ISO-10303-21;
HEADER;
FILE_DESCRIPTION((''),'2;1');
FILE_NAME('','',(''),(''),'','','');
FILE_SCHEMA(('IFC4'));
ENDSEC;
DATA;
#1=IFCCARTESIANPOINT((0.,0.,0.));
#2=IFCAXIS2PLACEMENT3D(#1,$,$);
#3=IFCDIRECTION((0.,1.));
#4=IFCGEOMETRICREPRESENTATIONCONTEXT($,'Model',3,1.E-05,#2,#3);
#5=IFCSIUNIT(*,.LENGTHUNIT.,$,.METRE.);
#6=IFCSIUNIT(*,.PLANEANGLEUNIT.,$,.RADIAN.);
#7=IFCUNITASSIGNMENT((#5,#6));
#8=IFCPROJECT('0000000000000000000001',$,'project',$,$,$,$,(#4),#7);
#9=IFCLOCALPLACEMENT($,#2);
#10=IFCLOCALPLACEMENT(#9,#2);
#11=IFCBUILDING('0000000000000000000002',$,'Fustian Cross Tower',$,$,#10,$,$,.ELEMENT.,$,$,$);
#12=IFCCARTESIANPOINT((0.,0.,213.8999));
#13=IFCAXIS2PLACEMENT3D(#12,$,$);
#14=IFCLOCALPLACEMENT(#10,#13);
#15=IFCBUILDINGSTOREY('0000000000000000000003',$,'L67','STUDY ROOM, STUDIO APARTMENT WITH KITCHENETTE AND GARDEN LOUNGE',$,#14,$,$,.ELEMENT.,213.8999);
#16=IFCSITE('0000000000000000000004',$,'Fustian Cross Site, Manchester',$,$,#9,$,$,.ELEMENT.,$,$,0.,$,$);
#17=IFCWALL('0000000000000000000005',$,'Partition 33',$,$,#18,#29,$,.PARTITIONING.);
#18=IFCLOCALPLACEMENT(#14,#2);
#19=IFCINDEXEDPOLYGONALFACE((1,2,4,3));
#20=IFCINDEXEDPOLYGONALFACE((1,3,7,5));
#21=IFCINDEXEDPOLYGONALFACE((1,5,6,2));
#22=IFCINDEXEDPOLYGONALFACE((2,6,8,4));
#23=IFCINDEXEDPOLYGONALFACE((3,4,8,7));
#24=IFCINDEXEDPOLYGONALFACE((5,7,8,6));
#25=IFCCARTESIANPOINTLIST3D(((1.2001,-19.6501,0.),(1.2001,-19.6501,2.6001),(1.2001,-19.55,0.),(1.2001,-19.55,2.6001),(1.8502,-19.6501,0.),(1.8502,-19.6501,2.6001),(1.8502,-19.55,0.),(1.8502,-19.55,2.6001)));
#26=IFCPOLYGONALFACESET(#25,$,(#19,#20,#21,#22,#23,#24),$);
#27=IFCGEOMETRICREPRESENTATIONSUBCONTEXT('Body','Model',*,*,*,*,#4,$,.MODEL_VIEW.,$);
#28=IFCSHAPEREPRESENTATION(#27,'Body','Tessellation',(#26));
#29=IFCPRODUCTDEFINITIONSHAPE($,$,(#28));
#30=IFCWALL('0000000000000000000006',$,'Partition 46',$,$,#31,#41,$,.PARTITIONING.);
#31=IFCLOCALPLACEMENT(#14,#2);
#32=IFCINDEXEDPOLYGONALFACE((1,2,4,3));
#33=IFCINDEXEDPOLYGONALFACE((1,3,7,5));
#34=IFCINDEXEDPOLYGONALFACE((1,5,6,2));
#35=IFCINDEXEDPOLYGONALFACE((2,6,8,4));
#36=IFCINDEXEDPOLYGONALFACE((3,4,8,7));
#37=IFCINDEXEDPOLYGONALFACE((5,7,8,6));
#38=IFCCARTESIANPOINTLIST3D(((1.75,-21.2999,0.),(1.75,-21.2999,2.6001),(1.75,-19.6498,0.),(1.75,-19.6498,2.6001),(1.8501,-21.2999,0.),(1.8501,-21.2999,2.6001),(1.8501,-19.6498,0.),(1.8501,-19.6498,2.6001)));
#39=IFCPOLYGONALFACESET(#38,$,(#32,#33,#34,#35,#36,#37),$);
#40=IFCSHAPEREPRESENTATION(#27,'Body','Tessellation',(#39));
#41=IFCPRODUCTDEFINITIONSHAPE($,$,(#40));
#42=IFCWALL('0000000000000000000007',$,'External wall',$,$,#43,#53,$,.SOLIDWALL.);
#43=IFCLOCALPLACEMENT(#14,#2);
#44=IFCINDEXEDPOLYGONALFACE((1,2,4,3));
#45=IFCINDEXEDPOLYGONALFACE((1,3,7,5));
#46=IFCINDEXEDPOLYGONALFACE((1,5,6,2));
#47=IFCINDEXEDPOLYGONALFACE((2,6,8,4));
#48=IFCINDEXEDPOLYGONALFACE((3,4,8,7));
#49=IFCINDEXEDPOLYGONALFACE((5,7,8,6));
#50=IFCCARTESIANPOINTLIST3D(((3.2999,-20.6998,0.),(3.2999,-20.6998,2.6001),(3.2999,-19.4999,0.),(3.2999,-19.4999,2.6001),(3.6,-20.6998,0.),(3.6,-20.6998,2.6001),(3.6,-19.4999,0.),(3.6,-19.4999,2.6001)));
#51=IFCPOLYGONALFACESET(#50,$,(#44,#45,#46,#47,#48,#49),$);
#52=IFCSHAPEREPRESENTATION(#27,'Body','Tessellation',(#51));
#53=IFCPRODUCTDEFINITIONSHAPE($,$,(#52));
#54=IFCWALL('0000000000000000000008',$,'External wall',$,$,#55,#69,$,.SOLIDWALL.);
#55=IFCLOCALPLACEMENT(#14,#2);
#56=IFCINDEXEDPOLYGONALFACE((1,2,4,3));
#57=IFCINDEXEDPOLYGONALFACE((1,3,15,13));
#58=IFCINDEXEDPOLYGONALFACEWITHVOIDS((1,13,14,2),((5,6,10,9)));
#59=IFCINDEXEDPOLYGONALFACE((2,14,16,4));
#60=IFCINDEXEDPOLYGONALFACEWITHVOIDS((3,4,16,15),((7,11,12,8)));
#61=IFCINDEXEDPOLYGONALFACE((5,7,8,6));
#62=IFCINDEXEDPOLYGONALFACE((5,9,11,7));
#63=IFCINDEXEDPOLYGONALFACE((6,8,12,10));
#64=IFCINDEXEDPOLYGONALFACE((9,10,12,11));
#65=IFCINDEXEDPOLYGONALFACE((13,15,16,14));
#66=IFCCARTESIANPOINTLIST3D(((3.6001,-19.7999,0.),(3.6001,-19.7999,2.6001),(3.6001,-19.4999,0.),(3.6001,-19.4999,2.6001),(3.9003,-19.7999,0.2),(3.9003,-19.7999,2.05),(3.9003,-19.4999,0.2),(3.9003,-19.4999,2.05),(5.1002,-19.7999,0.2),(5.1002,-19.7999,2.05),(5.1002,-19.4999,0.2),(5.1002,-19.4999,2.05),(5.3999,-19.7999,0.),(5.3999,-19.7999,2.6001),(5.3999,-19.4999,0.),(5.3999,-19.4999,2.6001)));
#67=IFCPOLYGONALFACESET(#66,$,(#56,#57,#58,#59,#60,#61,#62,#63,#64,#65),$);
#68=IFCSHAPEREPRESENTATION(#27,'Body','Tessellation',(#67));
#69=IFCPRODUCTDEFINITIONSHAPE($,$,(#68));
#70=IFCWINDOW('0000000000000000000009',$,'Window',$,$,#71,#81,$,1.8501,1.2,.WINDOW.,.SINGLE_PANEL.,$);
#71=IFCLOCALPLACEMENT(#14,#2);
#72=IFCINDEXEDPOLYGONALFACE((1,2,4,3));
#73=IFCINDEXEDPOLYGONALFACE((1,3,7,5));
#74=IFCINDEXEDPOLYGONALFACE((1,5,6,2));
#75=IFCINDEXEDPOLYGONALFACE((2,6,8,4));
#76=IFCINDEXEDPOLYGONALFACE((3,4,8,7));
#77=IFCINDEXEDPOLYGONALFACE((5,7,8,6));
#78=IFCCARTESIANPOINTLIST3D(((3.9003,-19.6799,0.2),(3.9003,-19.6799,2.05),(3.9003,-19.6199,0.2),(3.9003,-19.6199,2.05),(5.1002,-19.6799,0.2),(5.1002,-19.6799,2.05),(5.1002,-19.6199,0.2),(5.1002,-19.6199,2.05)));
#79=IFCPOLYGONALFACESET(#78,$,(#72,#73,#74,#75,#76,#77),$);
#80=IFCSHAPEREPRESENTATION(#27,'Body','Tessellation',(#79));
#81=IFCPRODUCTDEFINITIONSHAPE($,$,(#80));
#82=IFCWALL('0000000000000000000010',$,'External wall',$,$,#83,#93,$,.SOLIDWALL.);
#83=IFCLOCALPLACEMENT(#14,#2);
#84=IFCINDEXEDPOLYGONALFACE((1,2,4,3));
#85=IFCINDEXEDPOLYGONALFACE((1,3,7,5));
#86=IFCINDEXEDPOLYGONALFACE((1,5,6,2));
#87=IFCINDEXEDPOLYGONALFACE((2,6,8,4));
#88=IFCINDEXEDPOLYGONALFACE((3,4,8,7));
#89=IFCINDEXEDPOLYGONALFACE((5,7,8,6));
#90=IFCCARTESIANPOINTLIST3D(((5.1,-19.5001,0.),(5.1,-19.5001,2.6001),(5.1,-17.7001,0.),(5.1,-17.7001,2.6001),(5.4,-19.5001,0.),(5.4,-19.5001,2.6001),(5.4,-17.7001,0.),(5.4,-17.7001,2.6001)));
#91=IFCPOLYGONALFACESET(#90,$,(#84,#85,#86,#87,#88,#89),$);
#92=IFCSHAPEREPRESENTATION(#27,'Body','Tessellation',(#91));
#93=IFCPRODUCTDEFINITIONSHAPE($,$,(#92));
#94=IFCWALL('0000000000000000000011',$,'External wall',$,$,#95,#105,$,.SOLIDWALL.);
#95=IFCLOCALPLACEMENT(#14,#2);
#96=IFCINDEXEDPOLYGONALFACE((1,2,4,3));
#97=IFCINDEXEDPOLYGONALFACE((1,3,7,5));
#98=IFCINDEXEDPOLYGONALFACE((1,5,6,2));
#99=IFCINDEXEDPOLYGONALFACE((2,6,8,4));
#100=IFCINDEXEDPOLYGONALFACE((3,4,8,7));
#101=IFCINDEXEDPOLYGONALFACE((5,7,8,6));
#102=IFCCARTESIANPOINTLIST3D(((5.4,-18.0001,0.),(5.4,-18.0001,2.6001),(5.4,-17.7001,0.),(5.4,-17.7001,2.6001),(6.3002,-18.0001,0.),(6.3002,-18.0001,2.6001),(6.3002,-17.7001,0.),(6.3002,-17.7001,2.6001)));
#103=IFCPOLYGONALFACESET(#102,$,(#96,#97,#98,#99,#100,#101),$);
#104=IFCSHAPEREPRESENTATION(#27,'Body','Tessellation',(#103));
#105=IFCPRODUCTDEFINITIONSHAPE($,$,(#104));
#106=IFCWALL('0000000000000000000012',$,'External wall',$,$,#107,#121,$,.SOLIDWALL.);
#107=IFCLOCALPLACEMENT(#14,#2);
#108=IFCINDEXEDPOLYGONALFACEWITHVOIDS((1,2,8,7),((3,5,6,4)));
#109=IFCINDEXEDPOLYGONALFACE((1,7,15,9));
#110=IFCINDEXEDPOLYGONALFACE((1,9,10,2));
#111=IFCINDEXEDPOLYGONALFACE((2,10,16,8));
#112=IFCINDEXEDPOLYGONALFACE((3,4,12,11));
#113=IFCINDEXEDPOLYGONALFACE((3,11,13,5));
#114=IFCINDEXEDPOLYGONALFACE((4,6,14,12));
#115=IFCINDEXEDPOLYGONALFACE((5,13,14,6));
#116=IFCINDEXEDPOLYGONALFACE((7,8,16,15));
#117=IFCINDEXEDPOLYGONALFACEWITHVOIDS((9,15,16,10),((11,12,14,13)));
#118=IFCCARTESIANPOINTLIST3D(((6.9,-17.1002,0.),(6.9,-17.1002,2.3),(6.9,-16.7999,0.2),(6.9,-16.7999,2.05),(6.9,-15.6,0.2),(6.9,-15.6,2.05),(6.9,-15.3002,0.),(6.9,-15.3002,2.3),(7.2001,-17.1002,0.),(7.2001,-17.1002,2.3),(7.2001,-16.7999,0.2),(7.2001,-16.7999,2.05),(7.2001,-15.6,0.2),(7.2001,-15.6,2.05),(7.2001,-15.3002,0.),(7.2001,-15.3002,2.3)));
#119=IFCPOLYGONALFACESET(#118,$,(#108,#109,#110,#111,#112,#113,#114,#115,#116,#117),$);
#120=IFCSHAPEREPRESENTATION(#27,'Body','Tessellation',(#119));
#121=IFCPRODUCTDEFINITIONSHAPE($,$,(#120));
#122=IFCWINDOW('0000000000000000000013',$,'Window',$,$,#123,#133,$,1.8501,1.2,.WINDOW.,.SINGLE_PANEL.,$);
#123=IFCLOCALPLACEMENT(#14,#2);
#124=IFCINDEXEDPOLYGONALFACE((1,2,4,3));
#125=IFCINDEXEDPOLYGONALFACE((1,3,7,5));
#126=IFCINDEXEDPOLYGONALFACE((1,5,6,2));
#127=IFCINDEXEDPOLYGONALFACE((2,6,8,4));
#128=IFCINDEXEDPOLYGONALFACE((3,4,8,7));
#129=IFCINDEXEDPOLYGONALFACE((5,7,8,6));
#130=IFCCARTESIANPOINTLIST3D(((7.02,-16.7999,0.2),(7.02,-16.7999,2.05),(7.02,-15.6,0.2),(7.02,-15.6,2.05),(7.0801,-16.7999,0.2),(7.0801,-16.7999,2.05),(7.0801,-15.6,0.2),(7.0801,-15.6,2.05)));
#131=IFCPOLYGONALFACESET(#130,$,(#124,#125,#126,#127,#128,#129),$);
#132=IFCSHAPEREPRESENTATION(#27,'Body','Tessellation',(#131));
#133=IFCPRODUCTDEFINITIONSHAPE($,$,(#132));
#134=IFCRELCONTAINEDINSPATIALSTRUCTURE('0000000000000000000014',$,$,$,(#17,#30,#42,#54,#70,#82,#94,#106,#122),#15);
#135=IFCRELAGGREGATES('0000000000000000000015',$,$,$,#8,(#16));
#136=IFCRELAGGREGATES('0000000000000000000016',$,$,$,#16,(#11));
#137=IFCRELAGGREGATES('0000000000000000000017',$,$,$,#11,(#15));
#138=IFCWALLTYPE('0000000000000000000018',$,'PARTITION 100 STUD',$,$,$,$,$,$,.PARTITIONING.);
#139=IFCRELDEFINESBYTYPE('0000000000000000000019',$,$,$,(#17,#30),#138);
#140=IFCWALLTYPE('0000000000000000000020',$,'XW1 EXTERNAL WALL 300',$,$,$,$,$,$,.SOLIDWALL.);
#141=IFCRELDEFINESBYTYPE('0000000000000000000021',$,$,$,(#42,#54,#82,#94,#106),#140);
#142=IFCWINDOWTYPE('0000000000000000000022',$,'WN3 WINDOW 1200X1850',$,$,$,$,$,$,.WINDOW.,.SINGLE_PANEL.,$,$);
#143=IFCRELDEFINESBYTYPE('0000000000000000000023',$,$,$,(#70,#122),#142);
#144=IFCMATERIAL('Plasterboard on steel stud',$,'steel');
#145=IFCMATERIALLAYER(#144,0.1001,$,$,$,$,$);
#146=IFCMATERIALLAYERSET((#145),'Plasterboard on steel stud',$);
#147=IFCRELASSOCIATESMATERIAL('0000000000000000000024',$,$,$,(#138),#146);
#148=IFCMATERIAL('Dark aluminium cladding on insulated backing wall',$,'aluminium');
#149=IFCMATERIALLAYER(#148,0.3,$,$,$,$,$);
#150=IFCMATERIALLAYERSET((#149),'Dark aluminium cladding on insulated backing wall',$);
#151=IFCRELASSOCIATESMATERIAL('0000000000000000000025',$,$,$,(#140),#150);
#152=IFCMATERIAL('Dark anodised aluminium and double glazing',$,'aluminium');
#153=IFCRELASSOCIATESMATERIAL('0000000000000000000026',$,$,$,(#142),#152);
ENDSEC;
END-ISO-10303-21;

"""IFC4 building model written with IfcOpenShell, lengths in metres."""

from ifc_helpers import new_model, si_unit, direction, frame, frame_2d, origin, place, context, subcontext, project, spatial, rectangle, extrude, material, layer, layer_set, type_object, element, fill, save


model = new_model("IFC4")

# Units and contexts
model_context = context("Model", 3, precision=1e-05, world=origin(), true_north=direction((0.0, 1.0)))
body_context = subcontext(model_context, "Body", "Model", "MODEL_VIEW")
ifc_project = project(units=[si_unit("LENGTHUNIT", "METRE"), si_unit("PLANEANGLEUNIT", "RADIAN")], contexts=[model_context])

# Site, building, storey
site_placement = place(None, origin())
site = spatial("IfcSite", under=ifc_project, at=site_placement, Name="Fustian Cross Site, Manchester", CompositionType="ELEMENT", RefElevation=0.0)
building_placement = place(site_placement, origin())
building = spatial("IfcBuilding", under=site, at=building_placement, Name="Fustian Cross Tower", CompositionType="ELEMENT")
storey_placement = place(building_placement, frame((0.0, 0.0, 213.8999)))
storey = spatial("IfcBuildingStorey", under=building, at=storey_placement, Name="L67", Description="STUDY ROOM, STUDIO APARTMENT WITH KITCHENETTE AND GARDEN LOUNGE", CompositionType="ELEMENT", Elevation=213.8999)

# Walls
ifc_material_1 = material(Name="Plasterboard on steel stud", Category="steel")
ifc_layer_1 = layer(ifc_material_1, 0.1001)
ifc_layer_set_1 = layer_set([ifc_layer_1], Name="Plasterboard on steel stud")
wall_type_1 = type_object("IfcWallType", Name="PARTITION 100 STUD", PredefinedType="PARTITIONING", material=ifc_layer_set_1)
wall_1_placement = place(storey_placement, frame((1.2, -19.6001, 0.0), z_axis=(0.0, 0.0, 1.0), x_axis=(1.0, 0.0, 0.0)))
element("IfcWall", 1, at=wall_1_placement, inside=storey, type_object=wall_type_1, Name="Partition 33", PredefinedType="PARTITIONING", context=body_context, shape_type="SweptSolid", body=[
    extrude(rectangle(XDim=0.6501, YDim=0.1001, at=frame_2d((0.3252, 0.0))), origin(), (0.0, 0.0, 1.0), 2.6001),
])
wall_2_placement = place(storey_placement, frame((1.8, -21.3, 0.0), z_axis=(0.0, 0.0, 1.0), x_axis=(0.0, 1.0, 0.0)))
element("IfcWall", 2, at=wall_2_placement, inside=storey, type_object=wall_type_1, Name="Partition 46", PredefinedType="PARTITIONING", context=body_context, shape_type="SweptSolid", body=[
    extrude(rectangle(XDim=1.6501, YDim=0.1001, at=frame_2d((0.8252, 0.0))), origin(), (0.0, 0.0, 1.0), 2.6001),
])
ifc_material_2 = material(Name="Dark aluminium cladding on insulated backing wall", Category="aluminium")
ifc_layer_2 = layer(ifc_material_2, 0.3)
ifc_layer_set_2 = layer_set([ifc_layer_2], Name="Dark aluminium cladding on insulated backing wall")
wall_type_2 = type_object("IfcWallType", Name="XW1 EXTERNAL WALL 300", PredefinedType="SOLIDWALL", material=ifc_layer_set_2)
wall_3_placement = place(storey_placement, frame((3.45, -20.7, 0.0), z_axis=(0.0, 0.0, 1.0), x_axis=(0.0, 1.0, 0.0)))
element("IfcWall", 3, at=wall_3_placement, inside=storey, type_object=wall_type_2, Name="External wall", PredefinedType="SOLIDWALL", context=body_context, shape_type="SweptSolid", body=[
    extrude(rectangle(XDim=1.2, YDim=0.3, at=frame_2d((0.6001, 0.0))), origin(), (0.0, 0.0, 1.0), 2.6001),
])

# Wall, opening, window
wall_4_placement = place(storey_placement, frame((3.6001, -19.6499, 0.0), z_axis=(0.0, 0.0, 1.0), x_axis=(1.0, 0.0, 0.0)))
wall_4 = element("IfcWall", 4, at=wall_4_placement, inside=storey, type_object=wall_type_2, Name="External wall", PredefinedType="SOLIDWALL", context=body_context, shape_type="SweptSolid", body=[
    extrude(rectangle(XDim=1.7998, YDim=0.3, at=frame_2d((0.8999, 0.0))), origin(), (0.0, 0.0, 1.0), 2.6001),
])
opening_1_placement = place(wall_4_placement, frame((0.3, 0.0, 0.2)))
opening_1 = element("IfcOpeningElement", 5, at=opening_1_placement, cuts=wall_4, PredefinedType="OPENING", context=body_context, shape_type="SweptSolid", body=[
    extrude(rectangle(XDim=1.2, YDim=1.8501, at=frame_2d((0.6001, 0.925))), frame((0.0, 0.1599, 0.0), z_axis=(0.0, -1.0, 0.0), x_axis=(1.0, 0.0, 0.0)), (0.0, 0.0, 1.0), 0.3201),
])
ifc_material_3 = material(Name="Dark anodised aluminium and double glazing", Category="aluminium")
window_type = type_object("IfcWindowType", Name="WN3 WINDOW 1200X1850", PartitioningType="SINGLE_PANEL", PredefinedType="WINDOW", material=ifc_material_3)
window_1_placement = place(opening_1_placement, origin())
window_1 = element("IfcWindow", 6, at=window_1_placement, inside=storey, type_object=window_type, Name="Window", OverallHeight=1.8501, OverallWidth=1.2, PartitioningType="SINGLE_PANEL", PredefinedType="WINDOW", context=body_context, shape_type="SweptSolid", body=[
    extrude(rectangle(XDim=1.2, YDim=1.8501, at=frame_2d((0.6001, 0.925))), frame((0.0, 0.03, 0.0), z_axis=(0.0, -1.0, 0.0), x_axis=(1.0, 0.0, 0.0)), (0.0, 0.0, 1.0), 0.0601),
])
fill(opening_1, window_1)

# Walls
wall_5_placement = place(storey_placement, frame((5.25, -19.5, 0.0), z_axis=(0.0, 0.0, 1.0), x_axis=(0.0, 1.0, 0.0)))
element("IfcWall", 7, at=wall_5_placement, inside=storey, type_object=wall_type_2, Name="External wall", PredefinedType="SOLIDWALL", context=body_context, shape_type="SweptSolid", body=[
    extrude(rectangle(XDim=1.8, YDim=0.3, at=frame_2d((0.8999, 0.0))), origin(), (0.0, 0.0, 1.0), 2.6001),
])
wall_6_placement = place(storey_placement, frame((5.3999, -17.8501, 0.0), z_axis=(0.0, 0.0, 1.0), x_axis=(1.0, 0.0, 0.0)))
element("IfcWall", 8, at=wall_6_placement, inside=storey, type_object=wall_type_2, Name="External wall", PredefinedType="SOLIDWALL", context=body_context, shape_type="SweptSolid", body=[
    extrude(rectangle(XDim=0.9001, YDim=0.3, at=frame_2d((0.4502, 0.0))), origin(), (0.0, 0.0, 1.0), 2.6001),
])

# Wall, opening, window
wall_7_placement = place(storey_placement, frame((7.05, -17.1001, 0.0), z_axis=(0.0, 0.0, 1.0), x_axis=(0.0, 1.0, 0.0)))
wall_7 = element("IfcWall", 9, at=wall_7_placement, inside=storey, type_object=wall_type_2, Name="External wall", PredefinedType="SOLIDWALL", context=body_context, shape_type="SweptSolid", body=[
    extrude(rectangle(XDim=1.8, YDim=0.3, at=frame_2d((0.8999, 0.0))), origin(), (0.0, 0.0, 1.0), 2.3),
])
opening_2_placement = place(wall_7_placement, frame((0.3, 0.0, 0.2)))
opening_2 = element("IfcOpeningElement", 10, at=opening_2_placement, cuts=wall_7, PredefinedType="OPENING", context=body_context, shape_type="SweptSolid", body=[
    extrude(rectangle(XDim=1.2, YDim=1.8501, at=frame_2d((0.6001, 0.925))), frame((0.0, 0.1599, 0.0), z_axis=(0.0, -1.0, 0.0), x_axis=(1.0, 0.0, 0.0)), (0.0, 0.0, 1.0), 0.3201),
])
window_2_placement = place(opening_2_placement, origin())
window_2 = element("IfcWindow", 11, at=window_2_placement, inside=storey, type_object=window_type, Name="Window", OverallHeight=1.8501, OverallWidth=1.2, PartitioningType="SINGLE_PANEL", PredefinedType="WINDOW", context=body_context, shape_type="SweptSolid", body=[
    extrude(rectangle(XDim=1.2, YDim=1.8501, at=frame_2d((0.6001, 0.925))), frame((0.0, 0.03, 0.0), z_axis=(0.0, -1.0, 0.0), x_axis=(1.0, 0.0, 0.0)), (0.0, 0.0, 1.0), 0.0601),
])
fill(opening_2, window_2)

save(model, "model.ifc")
